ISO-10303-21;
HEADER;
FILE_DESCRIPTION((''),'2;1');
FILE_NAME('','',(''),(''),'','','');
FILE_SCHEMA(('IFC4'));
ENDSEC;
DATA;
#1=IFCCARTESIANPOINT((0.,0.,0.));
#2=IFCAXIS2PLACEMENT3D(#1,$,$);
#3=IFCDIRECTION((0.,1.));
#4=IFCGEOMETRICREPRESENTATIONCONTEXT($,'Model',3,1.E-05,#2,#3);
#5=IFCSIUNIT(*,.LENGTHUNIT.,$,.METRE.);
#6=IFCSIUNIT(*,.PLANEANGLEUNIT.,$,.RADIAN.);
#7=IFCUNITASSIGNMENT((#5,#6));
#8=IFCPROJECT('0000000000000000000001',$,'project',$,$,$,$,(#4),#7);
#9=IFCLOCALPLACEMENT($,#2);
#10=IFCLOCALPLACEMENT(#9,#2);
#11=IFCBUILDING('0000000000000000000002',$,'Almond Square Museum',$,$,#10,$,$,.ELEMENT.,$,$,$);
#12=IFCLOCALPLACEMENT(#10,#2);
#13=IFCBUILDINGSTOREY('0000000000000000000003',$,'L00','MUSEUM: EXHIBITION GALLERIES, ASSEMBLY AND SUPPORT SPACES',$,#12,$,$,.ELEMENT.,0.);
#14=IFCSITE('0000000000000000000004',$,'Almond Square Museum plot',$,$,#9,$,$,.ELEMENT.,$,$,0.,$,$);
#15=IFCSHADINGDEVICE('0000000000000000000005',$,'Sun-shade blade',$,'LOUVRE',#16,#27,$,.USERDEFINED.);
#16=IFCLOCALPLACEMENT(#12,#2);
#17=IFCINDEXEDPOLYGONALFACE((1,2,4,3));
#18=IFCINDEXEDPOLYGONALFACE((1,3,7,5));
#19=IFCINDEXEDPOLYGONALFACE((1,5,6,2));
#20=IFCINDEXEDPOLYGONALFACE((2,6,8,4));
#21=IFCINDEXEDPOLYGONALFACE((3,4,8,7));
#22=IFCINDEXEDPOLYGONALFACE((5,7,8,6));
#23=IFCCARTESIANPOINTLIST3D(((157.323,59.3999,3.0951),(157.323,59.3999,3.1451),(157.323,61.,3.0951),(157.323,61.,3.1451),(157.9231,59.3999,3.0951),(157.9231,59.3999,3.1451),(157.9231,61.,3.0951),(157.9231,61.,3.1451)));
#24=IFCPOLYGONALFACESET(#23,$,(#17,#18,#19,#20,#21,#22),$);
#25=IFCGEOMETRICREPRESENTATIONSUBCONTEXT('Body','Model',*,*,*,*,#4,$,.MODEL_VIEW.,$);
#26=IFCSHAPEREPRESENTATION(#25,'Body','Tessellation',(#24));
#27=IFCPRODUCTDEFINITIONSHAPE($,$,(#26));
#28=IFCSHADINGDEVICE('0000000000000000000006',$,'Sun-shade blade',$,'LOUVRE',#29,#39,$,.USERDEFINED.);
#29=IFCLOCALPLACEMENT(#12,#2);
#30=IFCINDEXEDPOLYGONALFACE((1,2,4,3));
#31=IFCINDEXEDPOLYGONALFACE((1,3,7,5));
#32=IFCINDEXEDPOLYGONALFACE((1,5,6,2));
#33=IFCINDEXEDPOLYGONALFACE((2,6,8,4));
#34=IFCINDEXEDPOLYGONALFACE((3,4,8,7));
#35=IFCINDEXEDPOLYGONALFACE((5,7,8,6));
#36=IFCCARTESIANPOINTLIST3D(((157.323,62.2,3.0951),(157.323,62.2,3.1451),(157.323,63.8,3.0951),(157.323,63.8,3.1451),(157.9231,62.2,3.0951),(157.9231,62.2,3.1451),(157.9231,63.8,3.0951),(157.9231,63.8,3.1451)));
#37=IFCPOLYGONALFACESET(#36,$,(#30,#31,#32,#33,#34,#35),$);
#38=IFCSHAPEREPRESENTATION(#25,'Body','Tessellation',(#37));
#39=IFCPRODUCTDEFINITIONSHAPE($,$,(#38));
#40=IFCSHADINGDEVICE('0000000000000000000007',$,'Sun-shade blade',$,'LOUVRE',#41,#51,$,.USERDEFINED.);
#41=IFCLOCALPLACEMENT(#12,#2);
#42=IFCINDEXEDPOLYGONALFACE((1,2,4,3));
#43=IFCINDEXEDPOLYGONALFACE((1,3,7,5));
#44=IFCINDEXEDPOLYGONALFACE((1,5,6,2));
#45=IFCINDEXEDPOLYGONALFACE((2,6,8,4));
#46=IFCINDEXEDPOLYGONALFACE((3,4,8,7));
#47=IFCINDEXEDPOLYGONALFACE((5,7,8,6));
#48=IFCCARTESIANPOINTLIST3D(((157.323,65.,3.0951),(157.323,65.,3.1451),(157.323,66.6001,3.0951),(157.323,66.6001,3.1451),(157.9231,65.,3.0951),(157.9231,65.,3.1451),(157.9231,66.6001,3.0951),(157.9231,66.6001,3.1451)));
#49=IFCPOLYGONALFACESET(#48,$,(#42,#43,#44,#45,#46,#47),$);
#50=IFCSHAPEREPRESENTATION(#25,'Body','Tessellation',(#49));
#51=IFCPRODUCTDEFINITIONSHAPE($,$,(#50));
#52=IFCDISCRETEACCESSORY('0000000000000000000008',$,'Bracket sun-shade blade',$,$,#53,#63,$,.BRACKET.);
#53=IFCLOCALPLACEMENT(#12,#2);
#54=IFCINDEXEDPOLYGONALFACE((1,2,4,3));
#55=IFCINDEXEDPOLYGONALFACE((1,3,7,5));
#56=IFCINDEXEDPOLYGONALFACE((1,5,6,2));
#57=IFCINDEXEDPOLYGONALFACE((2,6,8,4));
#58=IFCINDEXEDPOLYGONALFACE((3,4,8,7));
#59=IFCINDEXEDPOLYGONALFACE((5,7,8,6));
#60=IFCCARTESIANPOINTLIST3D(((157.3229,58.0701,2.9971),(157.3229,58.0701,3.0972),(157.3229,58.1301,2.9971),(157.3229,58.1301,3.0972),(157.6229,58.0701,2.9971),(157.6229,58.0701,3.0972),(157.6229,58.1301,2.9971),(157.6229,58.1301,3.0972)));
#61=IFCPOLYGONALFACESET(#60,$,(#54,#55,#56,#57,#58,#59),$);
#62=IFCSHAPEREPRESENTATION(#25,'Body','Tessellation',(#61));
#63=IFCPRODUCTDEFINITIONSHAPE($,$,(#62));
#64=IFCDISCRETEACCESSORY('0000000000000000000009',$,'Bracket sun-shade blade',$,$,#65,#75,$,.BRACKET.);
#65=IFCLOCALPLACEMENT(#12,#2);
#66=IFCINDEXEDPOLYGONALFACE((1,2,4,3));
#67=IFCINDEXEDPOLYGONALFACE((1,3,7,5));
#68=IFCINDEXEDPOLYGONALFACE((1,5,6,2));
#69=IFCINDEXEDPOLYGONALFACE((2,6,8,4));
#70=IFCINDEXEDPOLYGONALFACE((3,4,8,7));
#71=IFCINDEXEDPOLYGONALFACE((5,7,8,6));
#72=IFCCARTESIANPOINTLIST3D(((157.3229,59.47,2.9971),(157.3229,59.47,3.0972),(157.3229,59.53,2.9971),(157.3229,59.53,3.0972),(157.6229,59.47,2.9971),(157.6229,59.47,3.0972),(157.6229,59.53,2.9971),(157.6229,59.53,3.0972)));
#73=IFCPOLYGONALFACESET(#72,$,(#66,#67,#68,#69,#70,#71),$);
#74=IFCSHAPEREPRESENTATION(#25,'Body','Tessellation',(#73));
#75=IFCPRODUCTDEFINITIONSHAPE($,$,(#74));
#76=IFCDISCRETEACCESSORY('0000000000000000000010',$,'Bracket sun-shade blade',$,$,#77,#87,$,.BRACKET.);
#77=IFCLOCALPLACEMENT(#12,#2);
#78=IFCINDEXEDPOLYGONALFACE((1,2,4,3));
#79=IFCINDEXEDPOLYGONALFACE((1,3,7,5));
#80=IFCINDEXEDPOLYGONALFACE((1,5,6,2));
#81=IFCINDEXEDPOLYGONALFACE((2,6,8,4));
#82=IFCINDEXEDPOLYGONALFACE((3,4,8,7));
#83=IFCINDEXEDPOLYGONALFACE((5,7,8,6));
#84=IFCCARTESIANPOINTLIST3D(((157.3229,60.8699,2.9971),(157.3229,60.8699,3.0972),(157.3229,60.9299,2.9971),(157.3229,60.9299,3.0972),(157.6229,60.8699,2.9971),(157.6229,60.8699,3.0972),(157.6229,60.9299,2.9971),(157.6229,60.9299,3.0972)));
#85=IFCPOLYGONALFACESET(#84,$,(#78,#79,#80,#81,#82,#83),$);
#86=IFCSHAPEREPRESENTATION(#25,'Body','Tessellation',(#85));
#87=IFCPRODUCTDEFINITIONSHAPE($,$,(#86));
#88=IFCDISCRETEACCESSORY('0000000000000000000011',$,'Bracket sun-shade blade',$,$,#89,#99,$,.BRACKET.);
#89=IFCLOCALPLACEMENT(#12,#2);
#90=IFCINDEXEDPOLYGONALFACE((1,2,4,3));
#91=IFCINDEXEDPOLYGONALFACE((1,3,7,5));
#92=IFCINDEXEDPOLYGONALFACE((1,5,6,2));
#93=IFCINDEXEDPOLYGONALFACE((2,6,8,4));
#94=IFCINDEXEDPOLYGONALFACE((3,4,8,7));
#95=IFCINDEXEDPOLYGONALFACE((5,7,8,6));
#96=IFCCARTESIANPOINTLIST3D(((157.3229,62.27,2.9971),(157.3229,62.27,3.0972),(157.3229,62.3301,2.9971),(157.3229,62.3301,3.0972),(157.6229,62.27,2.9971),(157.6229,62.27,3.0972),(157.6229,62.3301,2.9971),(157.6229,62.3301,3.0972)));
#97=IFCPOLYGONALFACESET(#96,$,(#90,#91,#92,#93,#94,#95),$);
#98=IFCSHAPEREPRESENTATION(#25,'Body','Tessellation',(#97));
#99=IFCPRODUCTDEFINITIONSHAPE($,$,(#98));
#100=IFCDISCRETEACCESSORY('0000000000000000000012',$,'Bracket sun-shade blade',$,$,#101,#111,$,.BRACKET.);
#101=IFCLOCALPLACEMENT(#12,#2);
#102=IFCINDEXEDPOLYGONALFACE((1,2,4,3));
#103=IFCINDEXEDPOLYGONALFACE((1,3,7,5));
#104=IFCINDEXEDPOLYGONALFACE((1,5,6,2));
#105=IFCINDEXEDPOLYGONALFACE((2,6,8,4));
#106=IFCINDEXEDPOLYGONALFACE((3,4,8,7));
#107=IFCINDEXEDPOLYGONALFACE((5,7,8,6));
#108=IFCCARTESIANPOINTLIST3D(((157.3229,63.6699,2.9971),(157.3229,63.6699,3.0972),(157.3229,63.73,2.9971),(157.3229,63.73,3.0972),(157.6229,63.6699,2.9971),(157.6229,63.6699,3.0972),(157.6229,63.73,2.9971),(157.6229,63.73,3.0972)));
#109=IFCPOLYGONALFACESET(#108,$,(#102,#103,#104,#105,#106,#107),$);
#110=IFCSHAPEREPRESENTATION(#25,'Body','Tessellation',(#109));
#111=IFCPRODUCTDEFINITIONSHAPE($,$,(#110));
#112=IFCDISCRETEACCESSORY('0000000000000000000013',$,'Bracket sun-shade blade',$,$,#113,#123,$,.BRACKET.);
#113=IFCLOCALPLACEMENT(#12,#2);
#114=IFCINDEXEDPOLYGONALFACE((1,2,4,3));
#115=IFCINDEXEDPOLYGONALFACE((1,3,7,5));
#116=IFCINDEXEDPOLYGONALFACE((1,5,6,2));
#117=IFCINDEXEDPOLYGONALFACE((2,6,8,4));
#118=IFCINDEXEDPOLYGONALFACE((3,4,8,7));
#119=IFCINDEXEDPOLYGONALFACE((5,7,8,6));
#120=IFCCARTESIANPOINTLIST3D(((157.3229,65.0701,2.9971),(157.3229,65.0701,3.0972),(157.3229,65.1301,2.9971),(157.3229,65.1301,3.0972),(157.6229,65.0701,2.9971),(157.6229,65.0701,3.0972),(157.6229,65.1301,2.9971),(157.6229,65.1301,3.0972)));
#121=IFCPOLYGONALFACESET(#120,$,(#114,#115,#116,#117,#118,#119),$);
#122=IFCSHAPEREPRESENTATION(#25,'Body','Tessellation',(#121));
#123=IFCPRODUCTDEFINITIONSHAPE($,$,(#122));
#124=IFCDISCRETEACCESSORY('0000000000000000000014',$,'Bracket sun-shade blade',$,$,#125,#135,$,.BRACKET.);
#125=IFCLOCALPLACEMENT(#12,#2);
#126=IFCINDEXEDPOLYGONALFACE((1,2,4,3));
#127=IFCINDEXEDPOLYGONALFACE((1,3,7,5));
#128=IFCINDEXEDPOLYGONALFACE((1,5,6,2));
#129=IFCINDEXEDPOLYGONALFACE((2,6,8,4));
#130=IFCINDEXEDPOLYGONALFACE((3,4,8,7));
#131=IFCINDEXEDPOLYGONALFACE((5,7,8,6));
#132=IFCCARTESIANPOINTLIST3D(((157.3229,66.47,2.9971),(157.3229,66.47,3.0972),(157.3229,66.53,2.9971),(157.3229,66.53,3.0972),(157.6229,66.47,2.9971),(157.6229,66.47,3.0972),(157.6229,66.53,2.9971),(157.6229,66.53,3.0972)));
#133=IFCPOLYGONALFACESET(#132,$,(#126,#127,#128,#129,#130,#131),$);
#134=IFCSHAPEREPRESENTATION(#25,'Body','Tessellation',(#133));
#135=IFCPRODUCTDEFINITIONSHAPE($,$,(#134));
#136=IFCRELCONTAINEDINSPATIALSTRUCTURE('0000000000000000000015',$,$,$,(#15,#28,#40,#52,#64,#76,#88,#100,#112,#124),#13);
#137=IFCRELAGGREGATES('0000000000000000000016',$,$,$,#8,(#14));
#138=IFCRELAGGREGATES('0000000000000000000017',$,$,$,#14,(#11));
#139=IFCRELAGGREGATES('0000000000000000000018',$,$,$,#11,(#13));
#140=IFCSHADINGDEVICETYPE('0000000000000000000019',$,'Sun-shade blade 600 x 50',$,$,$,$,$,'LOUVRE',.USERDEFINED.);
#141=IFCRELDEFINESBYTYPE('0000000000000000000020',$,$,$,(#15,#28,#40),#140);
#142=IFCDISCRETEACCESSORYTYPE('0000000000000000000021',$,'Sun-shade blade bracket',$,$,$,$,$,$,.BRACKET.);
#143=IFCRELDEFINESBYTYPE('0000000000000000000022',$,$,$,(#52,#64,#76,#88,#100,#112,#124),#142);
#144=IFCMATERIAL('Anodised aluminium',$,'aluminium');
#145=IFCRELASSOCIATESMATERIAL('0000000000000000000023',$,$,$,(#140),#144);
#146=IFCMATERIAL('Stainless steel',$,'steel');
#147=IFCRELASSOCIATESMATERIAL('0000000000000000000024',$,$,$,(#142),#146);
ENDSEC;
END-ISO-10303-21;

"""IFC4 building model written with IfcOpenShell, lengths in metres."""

from ifc_helpers import new_model, si_unit, direction, frame, origin, origin_2d, place, context, subcontext, project, spatial, rectangle, extrude, material, material_profile, profile_set, type_object, element, save


model = new_model("IFC4")

# Units and contexts
model_context = context("Model", 3, precision=1e-05, world=origin(), true_north=direction((0.0, 1.0)))
body_context = subcontext(model_context, "Body", "Model", "MODEL_VIEW")
ifc_project = project(units=[si_unit("LENGTHUNIT", "METRE"), si_unit("PLANEANGLEUNIT", "RADIAN")], contexts=[model_context])

# Site, building, storey
site_placement = place(None, origin())
site = spatial("IfcSite", under=ifc_project, at=site_placement, Name="Almond Square Museum plot", CompositionType="ELEMENT", RefElevation=0.0)
building_placement = place(site_placement, origin())
building = spatial("IfcBuilding", under=site, at=building_placement, Name="Almond Square Museum", CompositionType="ELEMENT")
storey_placement = place(building_placement, origin())
storey = spatial("IfcBuildingStorey", under=building, at=storey_placement, Name="L00", Description="MUSEUM: EXHIBITION GALLERIES, ASSEMBLY AND SUPPORT SPACES", CompositionType="ELEMENT", Elevation=0.0)

# Shading devices
ifc_material_1 = material(Name="Anodised aluminium", Category="aluminium")
ifc_material_profile_1 = material_profile(ifc_material_1, rectangle(XDim=0.6001, YDim=0.05, at=origin_2d()))
ifc_profile_set_1 = profile_set([ifc_material_profile_1], Name="Anodised aluminium")
shading_device_type = type_object("IfcShadingDeviceType", Name="Sun-shade blade 600 x 50", ElementType="LOUVRE", PredefinedType="USERDEFINED", material=ifc_profile_set_1)
for number, where, z_axis, x_axis, name in (
    (1, (157.623, 59.3999, 3.1201), (0.0, 1.0, 0.0), (-1.0, 0.0, 0.0), "Sun-shade blade"),
    (2, (157.623, 62.2, 3.1201), (0.0, 1.0, 0.0), (-1.0, 0.0, 0.0), "Sun-shade blade"),
    (3, (157.623, 65.0, 3.1201), (0.0, 1.0, 0.0), (-1.0, 0.0, 0.0), "Sun-shade blade"),
):
    element("IfcShadingDevice", number, at=place(storey_placement, frame(where, z_axis=z_axis, x_axis=x_axis)), inside=storey, type_object=shading_device_type, Name=name, ObjectType="LOUVRE", PredefinedType="USERDEFINED", context=body_context, shape_type="SweptSolid", body=[
        extrude(rectangle(XDim=0.6001, YDim=0.05, at=origin_2d()), origin(), (0.0, 0.0, 1.0), 1.6001),
    ])

# Discrete accessories
ifc_material_2 = material(Name="Stainless steel", Category="steel")
discrete_accessory_type = type_object("IfcDiscreteAccessoryType", Name="Sun-shade blade bracket", PredefinedType="BRACKET", material=ifc_material_2)
for number, where, z_axis, x_axis, name in (
    (4, (157.4729, 58.1001, 2.9971), (0.0, 0.0, 1.0), (1.0, 0.0, 0.0), "Bracket sun-shade blade"),
    (5, (157.4729, 59.5, 2.9971), (0.0, 0.0, 1.0), (1.0, 0.0, 0.0), "Bracket sun-shade blade"),
    (6, (157.4729, 60.8999, 2.9971), (0.0, 0.0, 1.0), (1.0, 0.0, 0.0), "Bracket sun-shade blade"),
    (7, (157.4729, 62.3, 2.9971), (0.0, 0.0, 1.0), (1.0, 0.0, 0.0), "Bracket sun-shade blade"),
    (8, (157.4729, 63.7, 2.9971), (0.0, 0.0, 1.0), (1.0, 0.0, 0.0), "Bracket sun-shade blade"),
    (9, (157.4729, 65.1001, 2.9971), (0.0, 0.0, 1.0), (1.0, 0.0, 0.0), "Bracket sun-shade blade"),
    (10, (157.4729, 66.5, 2.9971), (0.0, 0.0, 1.0), (1.0, 0.0, 0.0), "Bracket sun-shade blade"),
):
    element("IfcDiscreteAccessory", number, at=place(storey_placement, frame(where, z_axis=z_axis, x_axis=x_axis)), inside=storey, type_object=discrete_accessory_type, Name=name, PredefinedType="BRACKET", context=body_context, shape_type="SweptSolid", body=[
        extrude(rectangle(XDim=0.3, YDim=0.0601, at=origin_2d()), origin(), (0.0, 0.0, 1.0), 0.1001),
    ])

save(model, "model.ifc")
